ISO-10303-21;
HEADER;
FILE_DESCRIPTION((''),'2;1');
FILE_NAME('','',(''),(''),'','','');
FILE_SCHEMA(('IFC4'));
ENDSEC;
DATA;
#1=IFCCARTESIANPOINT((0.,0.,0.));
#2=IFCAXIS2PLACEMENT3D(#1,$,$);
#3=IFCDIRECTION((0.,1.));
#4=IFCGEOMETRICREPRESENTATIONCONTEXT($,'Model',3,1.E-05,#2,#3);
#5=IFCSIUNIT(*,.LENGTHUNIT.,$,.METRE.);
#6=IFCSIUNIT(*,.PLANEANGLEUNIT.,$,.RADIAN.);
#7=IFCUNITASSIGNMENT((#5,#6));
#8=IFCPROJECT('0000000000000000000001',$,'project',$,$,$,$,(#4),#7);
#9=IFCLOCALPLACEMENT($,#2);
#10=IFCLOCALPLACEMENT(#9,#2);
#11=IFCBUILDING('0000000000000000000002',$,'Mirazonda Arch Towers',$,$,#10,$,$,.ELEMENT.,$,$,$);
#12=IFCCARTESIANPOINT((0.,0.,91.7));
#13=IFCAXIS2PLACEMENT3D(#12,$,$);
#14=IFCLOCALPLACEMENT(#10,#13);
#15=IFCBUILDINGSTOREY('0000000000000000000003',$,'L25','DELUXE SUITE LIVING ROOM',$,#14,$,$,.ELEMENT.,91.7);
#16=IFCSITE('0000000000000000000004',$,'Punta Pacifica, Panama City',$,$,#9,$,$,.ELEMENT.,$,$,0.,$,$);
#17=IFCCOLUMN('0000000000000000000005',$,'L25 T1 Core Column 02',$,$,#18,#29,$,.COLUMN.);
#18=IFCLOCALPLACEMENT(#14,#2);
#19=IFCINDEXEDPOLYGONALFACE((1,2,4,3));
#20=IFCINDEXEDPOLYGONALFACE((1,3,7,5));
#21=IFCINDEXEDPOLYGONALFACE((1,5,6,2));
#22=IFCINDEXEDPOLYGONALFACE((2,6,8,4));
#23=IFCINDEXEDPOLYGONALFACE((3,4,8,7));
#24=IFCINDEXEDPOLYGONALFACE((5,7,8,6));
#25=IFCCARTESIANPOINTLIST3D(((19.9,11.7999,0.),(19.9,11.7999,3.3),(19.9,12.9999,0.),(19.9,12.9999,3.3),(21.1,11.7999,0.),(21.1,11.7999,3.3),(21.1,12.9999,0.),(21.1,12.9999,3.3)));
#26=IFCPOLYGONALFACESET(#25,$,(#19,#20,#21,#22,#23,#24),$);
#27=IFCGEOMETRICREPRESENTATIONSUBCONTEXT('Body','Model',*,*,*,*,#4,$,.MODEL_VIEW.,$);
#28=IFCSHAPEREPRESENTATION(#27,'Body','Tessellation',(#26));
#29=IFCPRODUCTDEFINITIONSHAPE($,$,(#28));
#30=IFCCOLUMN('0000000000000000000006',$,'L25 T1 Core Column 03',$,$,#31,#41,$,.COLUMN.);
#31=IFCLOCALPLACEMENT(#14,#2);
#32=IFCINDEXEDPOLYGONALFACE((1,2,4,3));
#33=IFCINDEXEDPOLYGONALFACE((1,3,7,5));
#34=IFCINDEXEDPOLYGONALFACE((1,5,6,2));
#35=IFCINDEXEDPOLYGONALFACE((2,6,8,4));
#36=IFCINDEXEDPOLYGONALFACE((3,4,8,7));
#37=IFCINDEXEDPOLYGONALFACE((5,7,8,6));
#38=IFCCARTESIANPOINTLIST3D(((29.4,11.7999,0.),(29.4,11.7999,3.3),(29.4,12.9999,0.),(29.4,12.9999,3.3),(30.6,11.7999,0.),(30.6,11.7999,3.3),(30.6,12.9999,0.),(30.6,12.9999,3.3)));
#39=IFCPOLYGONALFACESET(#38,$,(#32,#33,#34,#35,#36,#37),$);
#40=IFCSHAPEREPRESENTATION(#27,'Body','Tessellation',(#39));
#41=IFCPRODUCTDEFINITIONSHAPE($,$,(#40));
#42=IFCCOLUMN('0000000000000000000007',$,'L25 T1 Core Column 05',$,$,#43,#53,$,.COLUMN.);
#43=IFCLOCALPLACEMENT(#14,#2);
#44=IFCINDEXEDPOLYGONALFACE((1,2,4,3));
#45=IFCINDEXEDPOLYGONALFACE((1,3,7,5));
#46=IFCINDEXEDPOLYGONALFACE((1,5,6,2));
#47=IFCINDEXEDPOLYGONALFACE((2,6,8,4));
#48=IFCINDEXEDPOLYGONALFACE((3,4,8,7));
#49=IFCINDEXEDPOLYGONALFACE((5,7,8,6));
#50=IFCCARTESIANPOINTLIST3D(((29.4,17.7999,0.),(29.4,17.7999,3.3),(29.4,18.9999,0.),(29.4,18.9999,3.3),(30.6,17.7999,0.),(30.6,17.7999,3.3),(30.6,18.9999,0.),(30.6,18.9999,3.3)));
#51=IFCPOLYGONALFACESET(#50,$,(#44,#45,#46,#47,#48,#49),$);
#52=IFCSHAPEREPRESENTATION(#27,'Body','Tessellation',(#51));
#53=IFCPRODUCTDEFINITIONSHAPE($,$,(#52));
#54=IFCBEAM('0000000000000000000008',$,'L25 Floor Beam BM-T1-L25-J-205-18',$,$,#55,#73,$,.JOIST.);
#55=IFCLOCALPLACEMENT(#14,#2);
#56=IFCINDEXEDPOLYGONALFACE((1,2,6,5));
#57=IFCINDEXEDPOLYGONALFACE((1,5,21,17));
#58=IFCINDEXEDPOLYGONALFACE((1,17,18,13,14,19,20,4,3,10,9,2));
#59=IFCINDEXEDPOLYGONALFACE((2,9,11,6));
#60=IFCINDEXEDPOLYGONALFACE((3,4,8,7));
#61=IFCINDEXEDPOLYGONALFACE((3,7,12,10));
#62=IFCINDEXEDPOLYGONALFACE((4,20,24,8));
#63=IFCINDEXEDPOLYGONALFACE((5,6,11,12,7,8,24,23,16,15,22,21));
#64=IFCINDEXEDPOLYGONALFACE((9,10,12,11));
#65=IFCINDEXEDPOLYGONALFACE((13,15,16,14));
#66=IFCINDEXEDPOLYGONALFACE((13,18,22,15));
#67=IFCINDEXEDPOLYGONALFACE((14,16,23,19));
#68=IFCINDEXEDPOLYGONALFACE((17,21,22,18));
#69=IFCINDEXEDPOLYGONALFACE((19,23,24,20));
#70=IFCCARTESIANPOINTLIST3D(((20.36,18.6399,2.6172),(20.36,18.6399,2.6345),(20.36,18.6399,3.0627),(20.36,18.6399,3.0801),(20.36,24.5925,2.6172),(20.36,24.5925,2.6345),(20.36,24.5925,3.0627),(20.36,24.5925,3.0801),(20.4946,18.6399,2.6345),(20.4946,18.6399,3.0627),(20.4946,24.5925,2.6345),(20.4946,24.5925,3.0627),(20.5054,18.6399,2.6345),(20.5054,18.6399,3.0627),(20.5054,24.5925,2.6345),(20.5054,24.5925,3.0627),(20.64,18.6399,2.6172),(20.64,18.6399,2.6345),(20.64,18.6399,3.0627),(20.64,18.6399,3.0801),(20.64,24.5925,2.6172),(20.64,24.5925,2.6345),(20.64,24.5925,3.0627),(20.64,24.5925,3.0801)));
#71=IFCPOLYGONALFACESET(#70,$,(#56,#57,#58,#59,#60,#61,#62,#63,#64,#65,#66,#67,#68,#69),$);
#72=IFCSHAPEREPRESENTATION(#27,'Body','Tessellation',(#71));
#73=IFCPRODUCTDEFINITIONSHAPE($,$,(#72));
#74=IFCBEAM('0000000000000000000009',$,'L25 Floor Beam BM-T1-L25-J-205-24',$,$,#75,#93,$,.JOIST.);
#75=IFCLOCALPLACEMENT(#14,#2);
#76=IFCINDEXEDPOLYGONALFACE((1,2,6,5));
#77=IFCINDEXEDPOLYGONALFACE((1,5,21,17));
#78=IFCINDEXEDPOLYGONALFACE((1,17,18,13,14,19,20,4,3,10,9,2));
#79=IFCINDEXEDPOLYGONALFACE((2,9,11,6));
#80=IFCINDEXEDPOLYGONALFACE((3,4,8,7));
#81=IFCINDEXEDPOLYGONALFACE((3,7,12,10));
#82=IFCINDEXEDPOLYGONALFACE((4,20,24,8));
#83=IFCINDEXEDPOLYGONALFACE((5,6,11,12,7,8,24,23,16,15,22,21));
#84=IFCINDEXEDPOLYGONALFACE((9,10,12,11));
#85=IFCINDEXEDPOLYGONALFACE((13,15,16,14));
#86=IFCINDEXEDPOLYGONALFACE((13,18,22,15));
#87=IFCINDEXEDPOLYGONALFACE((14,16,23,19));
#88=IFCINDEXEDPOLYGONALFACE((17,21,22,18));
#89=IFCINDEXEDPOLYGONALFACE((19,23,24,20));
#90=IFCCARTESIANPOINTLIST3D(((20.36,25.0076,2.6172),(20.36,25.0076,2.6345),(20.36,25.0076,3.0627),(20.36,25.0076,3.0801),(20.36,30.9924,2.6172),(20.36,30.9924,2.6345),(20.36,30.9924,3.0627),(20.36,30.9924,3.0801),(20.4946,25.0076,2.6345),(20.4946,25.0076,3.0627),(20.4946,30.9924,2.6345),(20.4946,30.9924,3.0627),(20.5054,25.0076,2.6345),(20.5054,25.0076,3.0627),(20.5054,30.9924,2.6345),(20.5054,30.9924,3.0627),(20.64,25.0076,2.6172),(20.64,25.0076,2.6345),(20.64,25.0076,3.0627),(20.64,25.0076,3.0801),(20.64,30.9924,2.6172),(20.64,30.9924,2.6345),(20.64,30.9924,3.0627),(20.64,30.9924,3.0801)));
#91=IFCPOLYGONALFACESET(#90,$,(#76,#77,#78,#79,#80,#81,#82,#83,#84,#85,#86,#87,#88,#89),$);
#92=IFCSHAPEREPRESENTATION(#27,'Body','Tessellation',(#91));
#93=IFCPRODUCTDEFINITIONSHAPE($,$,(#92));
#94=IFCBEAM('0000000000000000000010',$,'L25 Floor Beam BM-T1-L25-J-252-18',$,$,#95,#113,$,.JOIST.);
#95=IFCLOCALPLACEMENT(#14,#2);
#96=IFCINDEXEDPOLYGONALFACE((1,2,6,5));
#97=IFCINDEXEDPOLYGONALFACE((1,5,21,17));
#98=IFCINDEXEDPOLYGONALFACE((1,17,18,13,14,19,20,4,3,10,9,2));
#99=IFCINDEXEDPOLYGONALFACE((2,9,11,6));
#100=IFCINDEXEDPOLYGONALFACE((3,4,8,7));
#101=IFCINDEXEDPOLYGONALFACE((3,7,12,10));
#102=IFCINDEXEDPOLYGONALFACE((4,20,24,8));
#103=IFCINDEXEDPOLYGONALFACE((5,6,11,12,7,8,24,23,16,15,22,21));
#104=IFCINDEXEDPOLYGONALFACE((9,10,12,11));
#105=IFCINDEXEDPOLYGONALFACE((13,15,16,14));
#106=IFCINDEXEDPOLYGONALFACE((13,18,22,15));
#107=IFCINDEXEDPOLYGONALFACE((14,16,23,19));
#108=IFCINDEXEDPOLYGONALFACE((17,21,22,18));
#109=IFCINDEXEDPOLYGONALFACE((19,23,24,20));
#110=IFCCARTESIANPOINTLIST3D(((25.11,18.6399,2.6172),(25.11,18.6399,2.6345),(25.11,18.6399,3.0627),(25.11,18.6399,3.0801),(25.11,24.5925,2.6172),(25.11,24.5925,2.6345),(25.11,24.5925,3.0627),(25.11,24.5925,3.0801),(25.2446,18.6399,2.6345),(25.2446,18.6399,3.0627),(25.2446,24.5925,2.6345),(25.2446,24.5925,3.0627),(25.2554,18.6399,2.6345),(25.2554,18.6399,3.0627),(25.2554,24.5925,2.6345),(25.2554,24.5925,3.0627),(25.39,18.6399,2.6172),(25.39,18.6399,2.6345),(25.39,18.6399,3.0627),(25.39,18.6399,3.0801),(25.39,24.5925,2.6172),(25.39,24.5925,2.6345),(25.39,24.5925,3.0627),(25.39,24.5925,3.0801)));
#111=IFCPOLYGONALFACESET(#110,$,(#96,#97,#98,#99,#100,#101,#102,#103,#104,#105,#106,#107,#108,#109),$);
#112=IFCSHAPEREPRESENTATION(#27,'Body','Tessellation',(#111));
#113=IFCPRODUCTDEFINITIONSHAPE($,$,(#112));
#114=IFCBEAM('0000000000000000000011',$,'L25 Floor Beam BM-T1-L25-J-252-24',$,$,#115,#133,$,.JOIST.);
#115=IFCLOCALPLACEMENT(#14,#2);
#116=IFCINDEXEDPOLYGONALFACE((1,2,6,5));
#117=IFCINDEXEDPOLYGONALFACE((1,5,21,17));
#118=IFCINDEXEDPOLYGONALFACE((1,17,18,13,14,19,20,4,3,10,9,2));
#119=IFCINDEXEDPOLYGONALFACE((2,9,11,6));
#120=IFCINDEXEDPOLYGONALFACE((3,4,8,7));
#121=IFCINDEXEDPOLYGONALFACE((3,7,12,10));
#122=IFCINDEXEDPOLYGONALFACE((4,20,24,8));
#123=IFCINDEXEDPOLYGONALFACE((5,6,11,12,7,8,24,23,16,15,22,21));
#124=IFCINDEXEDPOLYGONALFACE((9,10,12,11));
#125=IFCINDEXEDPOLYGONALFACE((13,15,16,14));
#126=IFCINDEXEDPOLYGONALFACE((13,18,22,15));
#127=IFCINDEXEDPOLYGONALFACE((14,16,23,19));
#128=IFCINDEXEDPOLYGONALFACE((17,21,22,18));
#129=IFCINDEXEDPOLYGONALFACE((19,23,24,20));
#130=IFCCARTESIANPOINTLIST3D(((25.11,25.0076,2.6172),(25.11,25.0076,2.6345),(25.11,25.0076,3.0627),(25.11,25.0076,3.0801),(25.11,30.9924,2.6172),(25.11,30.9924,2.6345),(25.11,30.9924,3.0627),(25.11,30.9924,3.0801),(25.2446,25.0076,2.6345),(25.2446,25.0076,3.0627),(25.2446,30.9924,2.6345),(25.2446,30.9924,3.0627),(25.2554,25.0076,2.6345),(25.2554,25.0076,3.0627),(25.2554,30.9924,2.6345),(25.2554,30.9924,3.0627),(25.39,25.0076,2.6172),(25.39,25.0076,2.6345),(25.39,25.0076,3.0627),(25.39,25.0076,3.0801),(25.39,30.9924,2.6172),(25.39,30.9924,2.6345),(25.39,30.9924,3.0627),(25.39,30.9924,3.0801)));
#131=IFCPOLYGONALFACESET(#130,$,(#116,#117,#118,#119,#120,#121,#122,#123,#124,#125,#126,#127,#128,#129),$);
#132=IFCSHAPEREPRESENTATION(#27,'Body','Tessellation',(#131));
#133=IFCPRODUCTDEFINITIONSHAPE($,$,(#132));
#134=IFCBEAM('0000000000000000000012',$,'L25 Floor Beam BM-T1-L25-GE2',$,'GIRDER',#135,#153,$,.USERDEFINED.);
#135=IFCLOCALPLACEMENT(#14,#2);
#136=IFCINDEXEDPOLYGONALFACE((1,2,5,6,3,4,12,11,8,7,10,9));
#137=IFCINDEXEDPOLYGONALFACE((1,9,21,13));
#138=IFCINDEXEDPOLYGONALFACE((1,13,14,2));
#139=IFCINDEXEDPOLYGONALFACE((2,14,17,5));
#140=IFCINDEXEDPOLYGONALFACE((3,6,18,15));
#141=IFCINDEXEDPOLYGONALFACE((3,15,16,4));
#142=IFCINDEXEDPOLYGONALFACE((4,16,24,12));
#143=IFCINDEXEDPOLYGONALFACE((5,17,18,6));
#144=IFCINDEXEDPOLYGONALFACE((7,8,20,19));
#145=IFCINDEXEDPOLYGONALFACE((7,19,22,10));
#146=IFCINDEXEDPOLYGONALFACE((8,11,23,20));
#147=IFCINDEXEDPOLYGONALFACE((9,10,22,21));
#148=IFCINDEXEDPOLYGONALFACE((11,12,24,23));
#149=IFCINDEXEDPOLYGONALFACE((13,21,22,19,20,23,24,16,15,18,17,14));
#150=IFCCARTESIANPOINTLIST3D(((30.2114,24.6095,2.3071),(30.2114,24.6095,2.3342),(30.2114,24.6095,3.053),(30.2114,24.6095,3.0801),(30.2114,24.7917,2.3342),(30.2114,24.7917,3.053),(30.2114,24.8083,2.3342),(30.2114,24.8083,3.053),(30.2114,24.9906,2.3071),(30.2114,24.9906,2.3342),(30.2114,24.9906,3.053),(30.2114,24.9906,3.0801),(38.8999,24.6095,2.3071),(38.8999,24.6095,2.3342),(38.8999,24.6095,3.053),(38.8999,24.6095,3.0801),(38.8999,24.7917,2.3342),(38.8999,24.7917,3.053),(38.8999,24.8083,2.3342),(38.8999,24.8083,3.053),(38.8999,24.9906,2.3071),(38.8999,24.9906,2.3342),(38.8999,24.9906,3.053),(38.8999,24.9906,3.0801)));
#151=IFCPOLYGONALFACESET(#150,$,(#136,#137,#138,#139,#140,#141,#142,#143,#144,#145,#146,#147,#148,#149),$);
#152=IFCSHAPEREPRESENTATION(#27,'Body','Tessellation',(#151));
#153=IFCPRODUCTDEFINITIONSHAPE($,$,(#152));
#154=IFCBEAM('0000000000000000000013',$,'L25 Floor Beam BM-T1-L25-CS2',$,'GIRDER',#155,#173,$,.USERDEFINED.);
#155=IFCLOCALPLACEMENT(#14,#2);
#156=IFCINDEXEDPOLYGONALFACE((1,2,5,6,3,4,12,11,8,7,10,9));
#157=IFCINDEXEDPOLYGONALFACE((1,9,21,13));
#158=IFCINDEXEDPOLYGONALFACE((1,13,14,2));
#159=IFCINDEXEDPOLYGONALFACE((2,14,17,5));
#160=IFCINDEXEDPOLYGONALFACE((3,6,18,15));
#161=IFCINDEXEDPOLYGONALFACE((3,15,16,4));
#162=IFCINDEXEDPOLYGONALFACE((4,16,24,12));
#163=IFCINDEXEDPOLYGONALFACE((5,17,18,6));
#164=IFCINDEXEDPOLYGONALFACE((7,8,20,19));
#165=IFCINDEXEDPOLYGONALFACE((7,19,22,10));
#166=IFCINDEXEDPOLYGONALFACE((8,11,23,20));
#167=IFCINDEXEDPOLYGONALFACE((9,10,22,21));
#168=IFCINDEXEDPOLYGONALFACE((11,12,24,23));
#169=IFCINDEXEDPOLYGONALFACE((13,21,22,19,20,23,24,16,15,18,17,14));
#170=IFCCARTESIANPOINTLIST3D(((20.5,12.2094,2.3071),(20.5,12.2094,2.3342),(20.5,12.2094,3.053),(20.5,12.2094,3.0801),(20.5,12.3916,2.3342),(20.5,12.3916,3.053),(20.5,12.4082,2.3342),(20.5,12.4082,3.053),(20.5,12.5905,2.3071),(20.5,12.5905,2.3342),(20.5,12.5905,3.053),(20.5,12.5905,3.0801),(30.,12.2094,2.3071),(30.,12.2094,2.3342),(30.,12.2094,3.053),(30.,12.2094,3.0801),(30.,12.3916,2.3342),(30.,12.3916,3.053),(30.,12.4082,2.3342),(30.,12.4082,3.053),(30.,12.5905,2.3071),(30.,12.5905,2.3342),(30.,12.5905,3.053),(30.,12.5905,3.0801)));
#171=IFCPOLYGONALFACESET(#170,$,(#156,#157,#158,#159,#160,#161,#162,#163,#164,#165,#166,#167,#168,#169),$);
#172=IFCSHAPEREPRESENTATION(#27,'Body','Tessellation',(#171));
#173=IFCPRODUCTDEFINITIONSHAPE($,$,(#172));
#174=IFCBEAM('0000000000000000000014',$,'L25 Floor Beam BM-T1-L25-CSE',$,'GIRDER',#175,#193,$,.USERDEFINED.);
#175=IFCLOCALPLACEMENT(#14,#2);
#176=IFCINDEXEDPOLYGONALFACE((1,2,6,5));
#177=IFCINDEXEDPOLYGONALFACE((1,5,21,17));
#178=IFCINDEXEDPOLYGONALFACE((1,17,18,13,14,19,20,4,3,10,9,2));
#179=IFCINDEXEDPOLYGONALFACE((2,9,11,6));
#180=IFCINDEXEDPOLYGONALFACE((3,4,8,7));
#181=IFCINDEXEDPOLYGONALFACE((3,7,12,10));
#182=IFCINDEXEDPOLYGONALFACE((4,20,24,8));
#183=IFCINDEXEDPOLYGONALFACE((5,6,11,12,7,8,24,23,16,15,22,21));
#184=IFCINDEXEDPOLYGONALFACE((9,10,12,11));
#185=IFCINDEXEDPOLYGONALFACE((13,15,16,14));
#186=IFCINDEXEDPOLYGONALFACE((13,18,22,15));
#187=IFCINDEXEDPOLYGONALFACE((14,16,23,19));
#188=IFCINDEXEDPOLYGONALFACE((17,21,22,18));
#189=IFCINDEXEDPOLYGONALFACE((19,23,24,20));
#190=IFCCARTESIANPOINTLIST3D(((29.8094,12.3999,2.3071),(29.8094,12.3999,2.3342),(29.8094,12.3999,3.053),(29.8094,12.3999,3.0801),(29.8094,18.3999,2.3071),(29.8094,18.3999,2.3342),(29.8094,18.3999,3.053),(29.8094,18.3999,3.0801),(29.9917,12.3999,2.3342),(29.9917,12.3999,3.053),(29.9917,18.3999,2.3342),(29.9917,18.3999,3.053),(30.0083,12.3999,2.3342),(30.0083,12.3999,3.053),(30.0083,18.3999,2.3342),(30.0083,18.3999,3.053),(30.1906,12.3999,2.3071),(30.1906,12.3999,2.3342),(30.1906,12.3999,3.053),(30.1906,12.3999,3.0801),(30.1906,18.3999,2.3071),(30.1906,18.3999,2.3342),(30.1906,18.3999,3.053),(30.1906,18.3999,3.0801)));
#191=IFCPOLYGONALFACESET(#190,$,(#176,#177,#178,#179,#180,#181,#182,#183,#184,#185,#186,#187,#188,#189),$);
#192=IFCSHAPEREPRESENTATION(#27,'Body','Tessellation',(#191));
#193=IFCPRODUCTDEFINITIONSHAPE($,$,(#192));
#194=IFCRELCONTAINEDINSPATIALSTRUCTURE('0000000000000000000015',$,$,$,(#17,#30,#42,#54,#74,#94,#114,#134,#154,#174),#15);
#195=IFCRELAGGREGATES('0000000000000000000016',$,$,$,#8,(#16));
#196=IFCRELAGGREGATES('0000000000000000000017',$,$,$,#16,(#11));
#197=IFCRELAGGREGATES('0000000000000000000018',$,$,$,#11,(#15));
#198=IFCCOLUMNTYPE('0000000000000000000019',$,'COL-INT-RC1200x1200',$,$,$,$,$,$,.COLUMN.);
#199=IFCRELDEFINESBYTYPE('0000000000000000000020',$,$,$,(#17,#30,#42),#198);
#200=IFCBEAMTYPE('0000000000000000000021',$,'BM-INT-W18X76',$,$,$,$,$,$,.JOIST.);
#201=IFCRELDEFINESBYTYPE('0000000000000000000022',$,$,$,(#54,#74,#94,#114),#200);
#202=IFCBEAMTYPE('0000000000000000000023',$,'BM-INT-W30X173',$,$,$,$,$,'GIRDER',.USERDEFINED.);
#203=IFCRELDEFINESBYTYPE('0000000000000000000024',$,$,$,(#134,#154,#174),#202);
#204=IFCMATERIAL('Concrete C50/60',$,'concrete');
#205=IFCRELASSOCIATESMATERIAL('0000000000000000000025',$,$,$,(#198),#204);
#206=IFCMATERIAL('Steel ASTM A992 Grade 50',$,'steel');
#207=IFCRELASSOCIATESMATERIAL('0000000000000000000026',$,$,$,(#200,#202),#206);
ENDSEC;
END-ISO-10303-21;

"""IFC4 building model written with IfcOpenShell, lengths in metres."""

from ifc_helpers import new_model, si_unit, direction, frame, origin, origin_2d, place, context, subcontext, project, spatial, rectangle, i_section, extrude, material, material_profile, profile_set, type_object, element, save


model = new_model("IFC4")

# Units and contexts
model_context = context("Model", 3, precision=1e-05, world=origin(), true_north=direction((0.0, 1.0)))
body_context = subcontext(model_context, "Body", "Model", "MODEL_VIEW")
ifc_project = project(units=[si_unit("LENGTHUNIT", "METRE"), si_unit("PLANEANGLEUNIT", "RADIAN")], contexts=[model_context])

# Site, building, storey
site_placement = place(None, origin())
site = spatial("IfcSite", under=ifc_project, at=site_placement, Name="Punta Pacifica, Panama City", CompositionType="ELEMENT", RefElevation=0.0)
building_placement = place(site_placement, origin())
building = spatial("IfcBuilding", under=site, at=building_placement, Name="Mirazonda Arch Towers", CompositionType="ELEMENT")
storey_placement = place(building_placement, frame((0.0, 0.0, 91.7)))
storey = spatial("IfcBuildingStorey", under=building, at=storey_placement, Name="L25", Description="DELUXE SUITE LIVING ROOM", CompositionType="ELEMENT", Elevation=91.7)

# Columns
ifc_material_1 = material(Name="Concrete C50/60", Category="concrete")
ifc_material_profile_1 = material_profile(ifc_material_1, rectangle(XDim=1.2, YDim=1.2, at=origin_2d()), Name="RC1200x1200")
ifc_profile_set_1 = profile_set([ifc_material_profile_1], Name="Concrete C50/60")
column_type = type_object("IfcColumnType", Name="COL-INT-RC1200x1200", PredefinedType="COLUMN", material=ifc_profile_set_1)
for number, where, z_axis, x_axis, name in (
    (1, (20.5, 12.3999, 0.0), (0.0, 0.0, 1.0), (1.0, 0.0, 0.0), "L25 T1 Core Column 02"),
    (2, (30.0, 12.3999, 0.0), (0.0, 0.0, 1.0), (1.0, 0.0, 0.0), "L25 T1 Core Column 03"),
    (3, (30.0, 18.3999, 0.0), (0.0, 0.0, 1.0), (1.0, 0.0, 0.0), "L25 T1 Core Column 05"),
):
    element("IfcColumn", number, at=place(storey_placement, frame(where, z_axis=z_axis, x_axis=x_axis)), inside=storey, type_object=column_type, Name=name, PredefinedType="COLUMN", context=body_context, shape_type="SweptSolid", body=[
        extrude(rectangle(XDim=1.2, YDim=1.2, at=origin_2d()), origin(), (0.0, 0.0, 1.0), 3.3),
    ])

# Beams
ifc_material_2 = material(Name="Steel ASTM A992 Grade 50", Category="steel")
ifc_material_profile_2 = material_profile(ifc_material_2, i_section(OverallWidth=0.28, OverallDepth=0.4629, WebThickness=0.0107, FlangeThickness=0.0173, at=origin_2d()), Name="W18X76")
ifc_profile_set_2 = profile_set([ifc_material_profile_2], Name="Steel ASTM A992 Grade 50")
beam_type_1 = type_object("IfcBeamType", Name="BM-INT-W18X76", PredefinedType="JOIST", material=ifc_profile_set_2)
beam_1_placement = place(storey_placement, frame((20.5, 18.6399, 2.8486), z_axis=(0.0, 1.0, 0.0), x_axis=(-1.0, 0.0, 0.0)))
element("IfcBeam", 4, at=beam_1_placement, inside=storey, type_object=beam_type_1, Name="L25 Floor Beam BM-T1-L25-J-205-18", PredefinedType="JOIST", context=body_context, shape_type="SweptSolid", body=[
    extrude(i_section(OverallWidth=0.28, OverallDepth=0.4629, WebThickness=0.0107, FlangeThickness=0.0173, at=origin_2d()), origin(), (0.0, 0.0, 1.0), 5.9526),
])
beam_2_placement = place(storey_placement, frame((20.5, 25.0076, 2.8486), z_axis=(0.0, 1.0, 0.0), x_axis=(-1.0, 0.0, 0.0)))
element("IfcBeam", 5, at=beam_2_placement, inside=storey, type_object=beam_type_1, Name="L25 Floor Beam BM-T1-L25-J-205-24", PredefinedType="JOIST", context=body_context, shape_type="SweptSolid", body=[
    extrude(i_section(OverallWidth=0.28, OverallDepth=0.4629, WebThickness=0.0107, FlangeThickness=0.0173, at=origin_2d()), origin(), (0.0, 0.0, 1.0), 5.9849),
])
beam_3_placement = place(storey_placement, frame((25.25, 18.6399, 2.8486), z_axis=(0.0, 1.0, 0.0), x_axis=(-1.0, 0.0, 0.0)))
element("IfcBeam", 6, at=beam_3_placement, inside=storey, type_object=beam_type_1, Name="L25 Floor Beam BM-T1-L25-J-252-18", PredefinedType="JOIST", context=body_context, shape_type="SweptSolid", body=[
    extrude(i_section(OverallWidth=0.28, OverallDepth=0.4629, WebThickness=0.0107, FlangeThickness=0.0173, at=origin_2d()), origin(), (0.0, 0.0, 1.0), 5.9526),
])
beam_4_placement = place(storey_placement, frame((25.25, 25.0076, 2.8486), z_axis=(0.0, 1.0, 0.0), x_axis=(-1.0, 0.0, 0.0)))
element("IfcBeam", 7, at=beam_4_placement, inside=storey, type_object=beam_type_1, Name="L25 Floor Beam BM-T1-L25-J-252-24", PredefinedType="JOIST", context=body_context, shape_type="SweptSolid", body=[
    extrude(i_section(OverallWidth=0.28, OverallDepth=0.4629, WebThickness=0.0107, FlangeThickness=0.0173, at=origin_2d()), origin(), (0.0, 0.0, 1.0), 5.9849),
])
ifc_material_profile_3 = material_profile(ifc_material_2, i_section(OverallWidth=0.3811, OverallDepth=0.7729, WebThickness=0.0166, FlangeThickness=0.0271, at=origin_2d()), Name="W30X173")
ifc_profile_set_3 = profile_set([ifc_material_profile_3], Name="Steel ASTM A992 Grade 50")
beam_type_2 = type_object("IfcBeamType", Name="BM-INT-W30X173", ElementType="GIRDER", PredefinedType="USERDEFINED", material=ifc_profile_set_3)
beam_5_placement = place(storey_placement, frame((30.2114, 24.8, 2.6936), z_axis=(1.0, 0.0, 0.0), x_axis=(0.0, 1.0, 0.0)))
element("IfcBeam", 8, at=beam_5_placement, inside=storey, type_object=beam_type_2, Name="L25 Floor Beam BM-T1-L25-GE2", ObjectType="GIRDER", PredefinedType="USERDEFINED", context=body_context, shape_type="SweptSolid", body=[
    extrude(i_section(OverallWidth=0.3811, OverallDepth=0.7729, WebThickness=0.0166, FlangeThickness=0.0271, at=origin_2d()), origin(), (0.0, 0.0, 1.0), 8.6885),
])
beam_6_placement = place(storey_placement, frame((20.5, 12.3999, 2.6936), z_axis=(1.0, 0.0, 0.0), x_axis=(0.0, 1.0, 0.0)))
element("IfcBeam", 9, at=beam_6_placement, inside=storey, type_object=beam_type_2, Name="L25 Floor Beam BM-T1-L25-CS2", ObjectType="GIRDER", PredefinedType="USERDEFINED", context=body_context, shape_type="SweptSolid", body=[
    extrude(i_section(OverallWidth=0.3811, OverallDepth=0.7729, WebThickness=0.0166, FlangeThickness=0.0271, at=origin_2d()), origin(), (0.0, 0.0, 1.0), 9.5),
])
beam_7_placement = place(storey_placement, frame((30.0, 12.3999, 2.6936), z_axis=(0.0, 1.0, 0.0), x_axis=(-1.0, 0.0, 0.0)))
element("IfcBeam", 10, at=beam_7_placement, inside=storey, type_object=beam_type_2, Name="L25 Floor Beam BM-T1-L25-CSE", ObjectType="GIRDER", PredefinedType="USERDEFINED", context=body_context, shape_type="SweptSolid", body=[
    extrude(i_section(OverallWidth=0.3811, OverallDepth=0.7729, WebThickness=0.0166, FlangeThickness=0.0271, at=origin_2d()), origin(), (0.0, 0.0, 1.0), 6.0),
])

save(model, "model.ifc")
